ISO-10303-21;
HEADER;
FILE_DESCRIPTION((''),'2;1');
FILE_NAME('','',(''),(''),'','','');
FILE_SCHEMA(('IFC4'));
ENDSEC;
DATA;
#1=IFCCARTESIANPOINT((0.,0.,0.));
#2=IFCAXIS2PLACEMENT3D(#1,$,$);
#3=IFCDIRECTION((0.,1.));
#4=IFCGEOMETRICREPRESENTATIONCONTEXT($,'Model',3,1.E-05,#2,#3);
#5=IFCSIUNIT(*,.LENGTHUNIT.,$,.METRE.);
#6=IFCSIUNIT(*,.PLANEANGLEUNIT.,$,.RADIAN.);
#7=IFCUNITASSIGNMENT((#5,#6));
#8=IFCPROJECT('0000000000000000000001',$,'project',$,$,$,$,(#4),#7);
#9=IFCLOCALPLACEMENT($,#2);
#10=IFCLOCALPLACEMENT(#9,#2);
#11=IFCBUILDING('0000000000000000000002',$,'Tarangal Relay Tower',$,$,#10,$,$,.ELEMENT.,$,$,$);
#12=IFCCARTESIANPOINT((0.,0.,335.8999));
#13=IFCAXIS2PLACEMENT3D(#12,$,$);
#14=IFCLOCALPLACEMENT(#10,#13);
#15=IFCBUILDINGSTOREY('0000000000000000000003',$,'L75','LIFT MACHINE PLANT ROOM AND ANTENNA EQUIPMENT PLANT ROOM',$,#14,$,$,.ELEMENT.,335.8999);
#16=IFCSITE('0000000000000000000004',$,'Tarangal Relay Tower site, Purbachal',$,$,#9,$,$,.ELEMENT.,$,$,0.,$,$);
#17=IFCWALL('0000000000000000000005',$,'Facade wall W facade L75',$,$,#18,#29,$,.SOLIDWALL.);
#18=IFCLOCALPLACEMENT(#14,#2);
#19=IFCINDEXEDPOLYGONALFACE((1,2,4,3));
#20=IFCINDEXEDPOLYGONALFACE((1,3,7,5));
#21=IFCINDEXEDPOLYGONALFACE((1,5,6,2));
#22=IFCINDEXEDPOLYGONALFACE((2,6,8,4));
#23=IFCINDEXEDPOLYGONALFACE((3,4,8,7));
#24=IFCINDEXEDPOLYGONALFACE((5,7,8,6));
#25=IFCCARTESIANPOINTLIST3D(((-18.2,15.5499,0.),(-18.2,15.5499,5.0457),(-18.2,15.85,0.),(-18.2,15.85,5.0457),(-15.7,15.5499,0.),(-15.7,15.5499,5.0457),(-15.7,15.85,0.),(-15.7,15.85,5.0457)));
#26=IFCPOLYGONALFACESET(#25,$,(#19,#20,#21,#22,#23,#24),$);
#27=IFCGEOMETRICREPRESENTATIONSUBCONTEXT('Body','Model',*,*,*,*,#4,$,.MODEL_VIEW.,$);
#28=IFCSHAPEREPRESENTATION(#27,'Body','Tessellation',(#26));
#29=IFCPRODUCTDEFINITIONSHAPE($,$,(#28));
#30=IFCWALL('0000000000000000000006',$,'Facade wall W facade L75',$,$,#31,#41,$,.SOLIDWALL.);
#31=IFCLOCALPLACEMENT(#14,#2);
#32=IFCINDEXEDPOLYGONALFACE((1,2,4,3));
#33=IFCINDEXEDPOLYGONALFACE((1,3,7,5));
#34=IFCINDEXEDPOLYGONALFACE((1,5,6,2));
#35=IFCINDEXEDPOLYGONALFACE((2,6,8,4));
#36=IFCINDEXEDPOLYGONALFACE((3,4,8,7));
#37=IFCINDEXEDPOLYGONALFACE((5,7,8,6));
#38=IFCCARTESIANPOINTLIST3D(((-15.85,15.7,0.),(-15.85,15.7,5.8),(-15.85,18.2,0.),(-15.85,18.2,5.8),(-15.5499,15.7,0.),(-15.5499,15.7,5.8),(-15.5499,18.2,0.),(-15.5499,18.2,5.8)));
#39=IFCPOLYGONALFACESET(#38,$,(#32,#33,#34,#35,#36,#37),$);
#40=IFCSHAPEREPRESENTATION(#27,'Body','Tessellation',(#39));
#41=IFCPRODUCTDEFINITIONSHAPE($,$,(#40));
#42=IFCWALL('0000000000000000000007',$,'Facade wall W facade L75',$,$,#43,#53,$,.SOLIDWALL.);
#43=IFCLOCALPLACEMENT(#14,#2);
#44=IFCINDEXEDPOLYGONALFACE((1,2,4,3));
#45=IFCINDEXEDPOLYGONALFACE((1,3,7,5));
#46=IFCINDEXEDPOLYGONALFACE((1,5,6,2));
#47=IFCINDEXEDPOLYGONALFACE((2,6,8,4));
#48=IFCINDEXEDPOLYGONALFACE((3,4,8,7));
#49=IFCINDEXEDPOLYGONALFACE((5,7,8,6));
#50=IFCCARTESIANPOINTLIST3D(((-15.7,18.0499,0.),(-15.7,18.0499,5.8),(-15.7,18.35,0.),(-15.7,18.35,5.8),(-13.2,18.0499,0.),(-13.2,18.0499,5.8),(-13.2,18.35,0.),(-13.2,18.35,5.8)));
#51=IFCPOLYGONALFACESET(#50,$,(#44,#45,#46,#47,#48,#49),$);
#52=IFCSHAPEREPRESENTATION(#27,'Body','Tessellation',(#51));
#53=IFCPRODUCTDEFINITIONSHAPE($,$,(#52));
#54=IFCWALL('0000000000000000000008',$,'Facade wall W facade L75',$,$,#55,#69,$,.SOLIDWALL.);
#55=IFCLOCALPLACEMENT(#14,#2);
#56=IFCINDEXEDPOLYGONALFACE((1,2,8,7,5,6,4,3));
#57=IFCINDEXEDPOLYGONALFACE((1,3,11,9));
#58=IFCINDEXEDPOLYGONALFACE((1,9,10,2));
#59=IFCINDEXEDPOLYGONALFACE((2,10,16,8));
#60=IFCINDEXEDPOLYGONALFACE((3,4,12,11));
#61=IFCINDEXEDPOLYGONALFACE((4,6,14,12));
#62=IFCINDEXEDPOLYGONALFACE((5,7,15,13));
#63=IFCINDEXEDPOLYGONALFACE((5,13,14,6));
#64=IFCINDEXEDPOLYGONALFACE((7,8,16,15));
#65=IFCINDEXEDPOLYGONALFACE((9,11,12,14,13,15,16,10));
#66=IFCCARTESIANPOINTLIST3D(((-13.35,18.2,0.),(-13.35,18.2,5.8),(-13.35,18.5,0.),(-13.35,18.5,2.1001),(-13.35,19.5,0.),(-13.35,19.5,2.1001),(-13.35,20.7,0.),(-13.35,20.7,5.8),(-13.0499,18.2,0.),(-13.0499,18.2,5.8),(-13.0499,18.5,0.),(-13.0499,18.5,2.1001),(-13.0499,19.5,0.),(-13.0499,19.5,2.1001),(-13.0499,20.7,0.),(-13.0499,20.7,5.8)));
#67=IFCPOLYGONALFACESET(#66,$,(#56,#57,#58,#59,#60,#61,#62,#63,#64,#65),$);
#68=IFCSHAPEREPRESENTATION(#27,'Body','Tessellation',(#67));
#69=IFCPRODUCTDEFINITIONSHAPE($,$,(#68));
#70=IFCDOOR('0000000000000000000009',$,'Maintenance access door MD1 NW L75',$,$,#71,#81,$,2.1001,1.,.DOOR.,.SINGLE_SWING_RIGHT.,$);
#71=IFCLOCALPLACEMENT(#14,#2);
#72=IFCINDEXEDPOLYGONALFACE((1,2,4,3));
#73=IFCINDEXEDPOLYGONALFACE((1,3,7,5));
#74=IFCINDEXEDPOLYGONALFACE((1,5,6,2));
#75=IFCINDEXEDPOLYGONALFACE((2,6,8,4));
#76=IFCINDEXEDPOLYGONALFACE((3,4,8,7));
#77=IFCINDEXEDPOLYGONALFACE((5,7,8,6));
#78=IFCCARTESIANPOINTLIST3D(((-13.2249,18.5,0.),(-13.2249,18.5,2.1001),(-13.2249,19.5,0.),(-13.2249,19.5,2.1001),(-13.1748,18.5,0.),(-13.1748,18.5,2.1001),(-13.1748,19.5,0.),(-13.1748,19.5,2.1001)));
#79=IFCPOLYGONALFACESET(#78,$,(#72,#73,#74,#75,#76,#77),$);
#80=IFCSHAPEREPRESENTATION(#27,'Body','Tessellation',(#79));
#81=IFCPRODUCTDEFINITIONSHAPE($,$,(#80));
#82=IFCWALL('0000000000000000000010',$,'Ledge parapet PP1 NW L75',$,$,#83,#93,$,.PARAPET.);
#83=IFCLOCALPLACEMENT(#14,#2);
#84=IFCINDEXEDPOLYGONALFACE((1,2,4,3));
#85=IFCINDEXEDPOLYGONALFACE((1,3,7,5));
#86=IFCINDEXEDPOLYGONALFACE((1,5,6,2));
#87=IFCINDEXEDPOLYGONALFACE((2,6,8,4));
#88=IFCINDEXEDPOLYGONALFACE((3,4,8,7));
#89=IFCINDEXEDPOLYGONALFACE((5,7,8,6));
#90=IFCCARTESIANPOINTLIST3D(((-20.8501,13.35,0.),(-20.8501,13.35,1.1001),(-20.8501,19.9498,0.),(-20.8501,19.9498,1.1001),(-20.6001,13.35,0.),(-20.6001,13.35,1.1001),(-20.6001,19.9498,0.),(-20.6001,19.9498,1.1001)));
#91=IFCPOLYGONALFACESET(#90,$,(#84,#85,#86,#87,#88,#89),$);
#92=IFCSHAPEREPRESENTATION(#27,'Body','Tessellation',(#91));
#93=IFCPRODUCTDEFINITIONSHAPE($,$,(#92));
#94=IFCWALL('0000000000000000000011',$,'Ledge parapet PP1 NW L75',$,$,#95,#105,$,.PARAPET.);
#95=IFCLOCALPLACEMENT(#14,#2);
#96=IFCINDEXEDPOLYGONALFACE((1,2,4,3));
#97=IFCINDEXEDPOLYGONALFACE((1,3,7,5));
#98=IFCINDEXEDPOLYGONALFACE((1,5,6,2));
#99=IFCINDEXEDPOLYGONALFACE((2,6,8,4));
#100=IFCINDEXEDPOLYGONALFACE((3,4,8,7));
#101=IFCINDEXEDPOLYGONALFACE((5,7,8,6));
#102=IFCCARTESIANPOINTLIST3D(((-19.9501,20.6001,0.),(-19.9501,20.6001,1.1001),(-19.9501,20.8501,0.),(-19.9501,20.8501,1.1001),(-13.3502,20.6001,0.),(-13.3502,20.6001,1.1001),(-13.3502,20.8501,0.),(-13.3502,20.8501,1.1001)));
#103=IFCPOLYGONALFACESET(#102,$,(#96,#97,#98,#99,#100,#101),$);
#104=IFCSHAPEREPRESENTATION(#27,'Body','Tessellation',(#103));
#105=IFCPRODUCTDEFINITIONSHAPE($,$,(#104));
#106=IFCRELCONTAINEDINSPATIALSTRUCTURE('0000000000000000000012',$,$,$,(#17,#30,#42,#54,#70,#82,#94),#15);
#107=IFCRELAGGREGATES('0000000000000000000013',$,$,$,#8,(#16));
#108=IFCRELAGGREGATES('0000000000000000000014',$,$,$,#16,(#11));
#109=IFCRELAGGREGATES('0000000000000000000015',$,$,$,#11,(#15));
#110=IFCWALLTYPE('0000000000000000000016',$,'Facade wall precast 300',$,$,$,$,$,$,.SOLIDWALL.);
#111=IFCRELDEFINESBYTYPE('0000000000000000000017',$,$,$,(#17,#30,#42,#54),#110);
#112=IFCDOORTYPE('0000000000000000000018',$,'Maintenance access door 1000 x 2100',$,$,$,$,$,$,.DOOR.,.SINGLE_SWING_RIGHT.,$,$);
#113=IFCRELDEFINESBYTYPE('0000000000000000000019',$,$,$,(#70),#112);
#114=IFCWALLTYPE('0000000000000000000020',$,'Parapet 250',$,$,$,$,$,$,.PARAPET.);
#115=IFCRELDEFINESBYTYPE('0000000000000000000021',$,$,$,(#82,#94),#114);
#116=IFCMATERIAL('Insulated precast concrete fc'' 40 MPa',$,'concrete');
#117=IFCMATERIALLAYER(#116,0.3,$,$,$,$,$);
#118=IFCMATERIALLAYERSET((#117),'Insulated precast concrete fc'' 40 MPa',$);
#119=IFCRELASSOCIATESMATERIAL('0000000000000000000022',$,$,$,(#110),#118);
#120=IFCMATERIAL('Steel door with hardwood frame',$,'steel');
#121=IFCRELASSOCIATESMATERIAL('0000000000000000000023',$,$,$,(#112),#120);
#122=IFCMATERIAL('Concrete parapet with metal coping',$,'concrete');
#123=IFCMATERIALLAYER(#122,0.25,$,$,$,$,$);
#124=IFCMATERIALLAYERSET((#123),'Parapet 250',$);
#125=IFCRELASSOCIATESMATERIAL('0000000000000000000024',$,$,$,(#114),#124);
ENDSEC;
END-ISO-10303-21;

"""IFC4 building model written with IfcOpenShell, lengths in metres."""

from ifc_helpers import new_model, si_unit, direction, frame, frame_2d, origin, place, context, subcontext, project, spatial, rectangle, extrude, material, layer, layer_set, type_object, element, fill, save


model = new_model("IFC4")

# Units and contexts
model_context = context("Model", 3, precision=1e-05, world=origin(), true_north=direction((0.0, 1.0)))
body_context = subcontext(model_context, "Body", "Model", "MODEL_VIEW")
ifc_project = project(units=[si_unit("LENGTHUNIT", "METRE"), si_unit("PLANEANGLEUNIT", "RADIAN")], contexts=[model_context])

# Site, building, storey
site_placement = place(None, origin())
site = spatial("IfcSite", under=ifc_project, at=site_placement, Name="Tarangal Relay Tower site, Purbachal", CompositionType="ELEMENT", RefElevation=0.0)
building_placement = place(site_placement, origin())
building = spatial("IfcBuilding", under=site, at=building_placement, Name="Tarangal Relay Tower", CompositionType="ELEMENT")
storey_placement = place(building_placement, frame((0.0, 0.0, 335.8999)))
storey = spatial("IfcBuildingStorey", under=building, at=storey_placement, Name="L75", Description="LIFT MACHINE PLANT ROOM AND ANTENNA EQUIPMENT PLANT ROOM", CompositionType="ELEMENT", Elevation=335.8999)

# Shared definitions
ifc_material_1 = material(Name="Insulated precast concrete fc' 40 MPa", Category="concrete")
ifc_layer_1 = layer(ifc_material_1, 0.3)
ifc_layer_set_1 = layer_set([ifc_layer_1], Name="Insulated precast concrete fc' 40 MPa")
wall_type_1 = type_object("IfcWallType", Name="Facade wall precast 300", PredefinedType="SOLIDWALL", material=ifc_layer_set_1)

# Walls
wall_1_placement = place(storey_placement, frame((-18.2, 15.7, 0.0), z_axis=(0.0, 0.0, 1.0), x_axis=(1.0, 0.0, 0.0)))
element("IfcWall", 1, at=wall_1_placement, inside=storey, type_object=wall_type_1, Name="Facade wall W facade L75", PredefinedType="SOLIDWALL", context=body_context, shape_type="SweptSolid", body=[
    extrude(rectangle(XDim=2.5, YDim=0.3, at=frame_2d((1.25, 0.0))), origin(), (0.0, 0.0, 1.0), 5.0457),
])
for number, where, z_axis, x_axis, name in (
    (2, (-15.7, 15.7, 0.0), (0.0, 0.0, 1.0), (0.0, 1.0, 0.0), "Facade wall W facade L75"),
    (3, (-15.7, 18.2, 0.0), (0.0, 0.0, 1.0), (1.0, 0.0, 0.0), "Facade wall W facade L75"),
):
    element("IfcWall", number, at=place(storey_placement, frame(where, z_axis=z_axis, x_axis=x_axis)), inside=storey, type_object=wall_type_1, Name=name, PredefinedType="SOLIDWALL", context=body_context, shape_type="SweptSolid", body=[
        extrude(rectangle(XDim=2.5, YDim=0.3, at=frame_2d((1.25, 0.0))), origin(), (0.0, 0.0, 1.0), 5.8),
    ])

# Wall, opening, door
wall_2_placement = place(storey_placement, frame((-13.2, 18.2, 0.0), z_axis=(0.0, 0.0, 1.0), x_axis=(0.0, 1.0, 0.0)))
wall_2 = element("IfcWall", 4, at=wall_2_placement, inside=storey, type_object=wall_type_1, Name="Facade wall W facade L75", PredefinedType="SOLIDWALL", context=body_context, shape_type="SweptSolid", body=[
    extrude(rectangle(XDim=2.5, YDim=0.3, at=frame_2d((1.25, 0.0))), origin(), (0.0, 0.0, 1.0), 5.8),
])
opening_1_placement = place(wall_2_placement, frame((0.3, 0.0, 0.0)))
opening_1 = element("IfcOpeningElement", 5, at=opening_1_placement, cuts=wall_2, PredefinedType="OPENING", context=body_context, shape_type="SweptSolid", body=[
    extrude(rectangle(XDim=1.0, YDim=2.1001, at=frame_2d((0.5, 1.05))), frame((0.0, 0.1599, 0.0), z_axis=(0.0, -1.0, 0.0), x_axis=(1.0, 0.0, 0.0)), (0.0, 0.0, 1.0), 0.3201),
])
ifc_material_2 = material(Name="Steel door with hardwood frame", Category="steel")
door_type = type_object("IfcDoorType", Name="Maintenance access door 1000 x 2100", OperationType="SINGLE_SWING_RIGHT", PredefinedType="DOOR", material=ifc_material_2)
door_placement = place(opening_1_placement, origin())
door = element("IfcDoor", 6, at=door_placement, inside=storey, type_object=door_type, Name="Maintenance access door MD1 NW L75", OperationType="SINGLE_SWING_RIGHT", OverallHeight=2.1001, OverallWidth=1.0, PredefinedType="DOOR", context=body_context, shape_type="SweptSolid", body=[
    extrude(rectangle(XDim=1.0, YDim=2.1001, at=frame_2d((0.5, 1.05))), frame((0.0, 0.0249, 0.0), z_axis=(0.0, -1.0, 0.0), x_axis=(1.0, 0.0, 0.0)), (0.0, 0.0, 1.0), 0.05),
])
fill(opening_1, door)

# Walls
ifc_material_3 = material(Name="Concrete parapet with metal coping", Category="concrete")
ifc_layer_2 = layer(ifc_material_3, 0.25)
ifc_layer_set_2 = layer_set([ifc_layer_2], Name="Parapet 250")
wall_type_2 = type_object("IfcWallType", Name="Parapet 250", PredefinedType="PARAPET", material=ifc_layer_set_2)
for number, where, z_axis, x_axis, name in (
    (7, (-20.7251, 13.3501, 0.0), (0.0, 0.0, 1.0), (0.0, 1.0, 0.0), "Ledge parapet PP1 NW L75"),
    (8, (-19.95, 20.7251, 0.0), (0.0, 0.0, 1.0), (1.0, 0.0, 0.0), "Ledge parapet PP1 NW L75"),
):
    element("IfcWall", number, at=place(storey_placement, frame(where, z_axis=z_axis, x_axis=x_axis)), inside=storey, type_object=wall_type_2, Name=name, PredefinedType="PARAPET", context=body_context, shape_type="SweptSolid", body=[
        extrude(rectangle(XDim=6.5999, YDim=0.25, at=frame_2d((3.2998, 0.0))), origin(), (0.0, 0.0, 1.0), 1.1001),
    ])

save(model, "model.ifc")
